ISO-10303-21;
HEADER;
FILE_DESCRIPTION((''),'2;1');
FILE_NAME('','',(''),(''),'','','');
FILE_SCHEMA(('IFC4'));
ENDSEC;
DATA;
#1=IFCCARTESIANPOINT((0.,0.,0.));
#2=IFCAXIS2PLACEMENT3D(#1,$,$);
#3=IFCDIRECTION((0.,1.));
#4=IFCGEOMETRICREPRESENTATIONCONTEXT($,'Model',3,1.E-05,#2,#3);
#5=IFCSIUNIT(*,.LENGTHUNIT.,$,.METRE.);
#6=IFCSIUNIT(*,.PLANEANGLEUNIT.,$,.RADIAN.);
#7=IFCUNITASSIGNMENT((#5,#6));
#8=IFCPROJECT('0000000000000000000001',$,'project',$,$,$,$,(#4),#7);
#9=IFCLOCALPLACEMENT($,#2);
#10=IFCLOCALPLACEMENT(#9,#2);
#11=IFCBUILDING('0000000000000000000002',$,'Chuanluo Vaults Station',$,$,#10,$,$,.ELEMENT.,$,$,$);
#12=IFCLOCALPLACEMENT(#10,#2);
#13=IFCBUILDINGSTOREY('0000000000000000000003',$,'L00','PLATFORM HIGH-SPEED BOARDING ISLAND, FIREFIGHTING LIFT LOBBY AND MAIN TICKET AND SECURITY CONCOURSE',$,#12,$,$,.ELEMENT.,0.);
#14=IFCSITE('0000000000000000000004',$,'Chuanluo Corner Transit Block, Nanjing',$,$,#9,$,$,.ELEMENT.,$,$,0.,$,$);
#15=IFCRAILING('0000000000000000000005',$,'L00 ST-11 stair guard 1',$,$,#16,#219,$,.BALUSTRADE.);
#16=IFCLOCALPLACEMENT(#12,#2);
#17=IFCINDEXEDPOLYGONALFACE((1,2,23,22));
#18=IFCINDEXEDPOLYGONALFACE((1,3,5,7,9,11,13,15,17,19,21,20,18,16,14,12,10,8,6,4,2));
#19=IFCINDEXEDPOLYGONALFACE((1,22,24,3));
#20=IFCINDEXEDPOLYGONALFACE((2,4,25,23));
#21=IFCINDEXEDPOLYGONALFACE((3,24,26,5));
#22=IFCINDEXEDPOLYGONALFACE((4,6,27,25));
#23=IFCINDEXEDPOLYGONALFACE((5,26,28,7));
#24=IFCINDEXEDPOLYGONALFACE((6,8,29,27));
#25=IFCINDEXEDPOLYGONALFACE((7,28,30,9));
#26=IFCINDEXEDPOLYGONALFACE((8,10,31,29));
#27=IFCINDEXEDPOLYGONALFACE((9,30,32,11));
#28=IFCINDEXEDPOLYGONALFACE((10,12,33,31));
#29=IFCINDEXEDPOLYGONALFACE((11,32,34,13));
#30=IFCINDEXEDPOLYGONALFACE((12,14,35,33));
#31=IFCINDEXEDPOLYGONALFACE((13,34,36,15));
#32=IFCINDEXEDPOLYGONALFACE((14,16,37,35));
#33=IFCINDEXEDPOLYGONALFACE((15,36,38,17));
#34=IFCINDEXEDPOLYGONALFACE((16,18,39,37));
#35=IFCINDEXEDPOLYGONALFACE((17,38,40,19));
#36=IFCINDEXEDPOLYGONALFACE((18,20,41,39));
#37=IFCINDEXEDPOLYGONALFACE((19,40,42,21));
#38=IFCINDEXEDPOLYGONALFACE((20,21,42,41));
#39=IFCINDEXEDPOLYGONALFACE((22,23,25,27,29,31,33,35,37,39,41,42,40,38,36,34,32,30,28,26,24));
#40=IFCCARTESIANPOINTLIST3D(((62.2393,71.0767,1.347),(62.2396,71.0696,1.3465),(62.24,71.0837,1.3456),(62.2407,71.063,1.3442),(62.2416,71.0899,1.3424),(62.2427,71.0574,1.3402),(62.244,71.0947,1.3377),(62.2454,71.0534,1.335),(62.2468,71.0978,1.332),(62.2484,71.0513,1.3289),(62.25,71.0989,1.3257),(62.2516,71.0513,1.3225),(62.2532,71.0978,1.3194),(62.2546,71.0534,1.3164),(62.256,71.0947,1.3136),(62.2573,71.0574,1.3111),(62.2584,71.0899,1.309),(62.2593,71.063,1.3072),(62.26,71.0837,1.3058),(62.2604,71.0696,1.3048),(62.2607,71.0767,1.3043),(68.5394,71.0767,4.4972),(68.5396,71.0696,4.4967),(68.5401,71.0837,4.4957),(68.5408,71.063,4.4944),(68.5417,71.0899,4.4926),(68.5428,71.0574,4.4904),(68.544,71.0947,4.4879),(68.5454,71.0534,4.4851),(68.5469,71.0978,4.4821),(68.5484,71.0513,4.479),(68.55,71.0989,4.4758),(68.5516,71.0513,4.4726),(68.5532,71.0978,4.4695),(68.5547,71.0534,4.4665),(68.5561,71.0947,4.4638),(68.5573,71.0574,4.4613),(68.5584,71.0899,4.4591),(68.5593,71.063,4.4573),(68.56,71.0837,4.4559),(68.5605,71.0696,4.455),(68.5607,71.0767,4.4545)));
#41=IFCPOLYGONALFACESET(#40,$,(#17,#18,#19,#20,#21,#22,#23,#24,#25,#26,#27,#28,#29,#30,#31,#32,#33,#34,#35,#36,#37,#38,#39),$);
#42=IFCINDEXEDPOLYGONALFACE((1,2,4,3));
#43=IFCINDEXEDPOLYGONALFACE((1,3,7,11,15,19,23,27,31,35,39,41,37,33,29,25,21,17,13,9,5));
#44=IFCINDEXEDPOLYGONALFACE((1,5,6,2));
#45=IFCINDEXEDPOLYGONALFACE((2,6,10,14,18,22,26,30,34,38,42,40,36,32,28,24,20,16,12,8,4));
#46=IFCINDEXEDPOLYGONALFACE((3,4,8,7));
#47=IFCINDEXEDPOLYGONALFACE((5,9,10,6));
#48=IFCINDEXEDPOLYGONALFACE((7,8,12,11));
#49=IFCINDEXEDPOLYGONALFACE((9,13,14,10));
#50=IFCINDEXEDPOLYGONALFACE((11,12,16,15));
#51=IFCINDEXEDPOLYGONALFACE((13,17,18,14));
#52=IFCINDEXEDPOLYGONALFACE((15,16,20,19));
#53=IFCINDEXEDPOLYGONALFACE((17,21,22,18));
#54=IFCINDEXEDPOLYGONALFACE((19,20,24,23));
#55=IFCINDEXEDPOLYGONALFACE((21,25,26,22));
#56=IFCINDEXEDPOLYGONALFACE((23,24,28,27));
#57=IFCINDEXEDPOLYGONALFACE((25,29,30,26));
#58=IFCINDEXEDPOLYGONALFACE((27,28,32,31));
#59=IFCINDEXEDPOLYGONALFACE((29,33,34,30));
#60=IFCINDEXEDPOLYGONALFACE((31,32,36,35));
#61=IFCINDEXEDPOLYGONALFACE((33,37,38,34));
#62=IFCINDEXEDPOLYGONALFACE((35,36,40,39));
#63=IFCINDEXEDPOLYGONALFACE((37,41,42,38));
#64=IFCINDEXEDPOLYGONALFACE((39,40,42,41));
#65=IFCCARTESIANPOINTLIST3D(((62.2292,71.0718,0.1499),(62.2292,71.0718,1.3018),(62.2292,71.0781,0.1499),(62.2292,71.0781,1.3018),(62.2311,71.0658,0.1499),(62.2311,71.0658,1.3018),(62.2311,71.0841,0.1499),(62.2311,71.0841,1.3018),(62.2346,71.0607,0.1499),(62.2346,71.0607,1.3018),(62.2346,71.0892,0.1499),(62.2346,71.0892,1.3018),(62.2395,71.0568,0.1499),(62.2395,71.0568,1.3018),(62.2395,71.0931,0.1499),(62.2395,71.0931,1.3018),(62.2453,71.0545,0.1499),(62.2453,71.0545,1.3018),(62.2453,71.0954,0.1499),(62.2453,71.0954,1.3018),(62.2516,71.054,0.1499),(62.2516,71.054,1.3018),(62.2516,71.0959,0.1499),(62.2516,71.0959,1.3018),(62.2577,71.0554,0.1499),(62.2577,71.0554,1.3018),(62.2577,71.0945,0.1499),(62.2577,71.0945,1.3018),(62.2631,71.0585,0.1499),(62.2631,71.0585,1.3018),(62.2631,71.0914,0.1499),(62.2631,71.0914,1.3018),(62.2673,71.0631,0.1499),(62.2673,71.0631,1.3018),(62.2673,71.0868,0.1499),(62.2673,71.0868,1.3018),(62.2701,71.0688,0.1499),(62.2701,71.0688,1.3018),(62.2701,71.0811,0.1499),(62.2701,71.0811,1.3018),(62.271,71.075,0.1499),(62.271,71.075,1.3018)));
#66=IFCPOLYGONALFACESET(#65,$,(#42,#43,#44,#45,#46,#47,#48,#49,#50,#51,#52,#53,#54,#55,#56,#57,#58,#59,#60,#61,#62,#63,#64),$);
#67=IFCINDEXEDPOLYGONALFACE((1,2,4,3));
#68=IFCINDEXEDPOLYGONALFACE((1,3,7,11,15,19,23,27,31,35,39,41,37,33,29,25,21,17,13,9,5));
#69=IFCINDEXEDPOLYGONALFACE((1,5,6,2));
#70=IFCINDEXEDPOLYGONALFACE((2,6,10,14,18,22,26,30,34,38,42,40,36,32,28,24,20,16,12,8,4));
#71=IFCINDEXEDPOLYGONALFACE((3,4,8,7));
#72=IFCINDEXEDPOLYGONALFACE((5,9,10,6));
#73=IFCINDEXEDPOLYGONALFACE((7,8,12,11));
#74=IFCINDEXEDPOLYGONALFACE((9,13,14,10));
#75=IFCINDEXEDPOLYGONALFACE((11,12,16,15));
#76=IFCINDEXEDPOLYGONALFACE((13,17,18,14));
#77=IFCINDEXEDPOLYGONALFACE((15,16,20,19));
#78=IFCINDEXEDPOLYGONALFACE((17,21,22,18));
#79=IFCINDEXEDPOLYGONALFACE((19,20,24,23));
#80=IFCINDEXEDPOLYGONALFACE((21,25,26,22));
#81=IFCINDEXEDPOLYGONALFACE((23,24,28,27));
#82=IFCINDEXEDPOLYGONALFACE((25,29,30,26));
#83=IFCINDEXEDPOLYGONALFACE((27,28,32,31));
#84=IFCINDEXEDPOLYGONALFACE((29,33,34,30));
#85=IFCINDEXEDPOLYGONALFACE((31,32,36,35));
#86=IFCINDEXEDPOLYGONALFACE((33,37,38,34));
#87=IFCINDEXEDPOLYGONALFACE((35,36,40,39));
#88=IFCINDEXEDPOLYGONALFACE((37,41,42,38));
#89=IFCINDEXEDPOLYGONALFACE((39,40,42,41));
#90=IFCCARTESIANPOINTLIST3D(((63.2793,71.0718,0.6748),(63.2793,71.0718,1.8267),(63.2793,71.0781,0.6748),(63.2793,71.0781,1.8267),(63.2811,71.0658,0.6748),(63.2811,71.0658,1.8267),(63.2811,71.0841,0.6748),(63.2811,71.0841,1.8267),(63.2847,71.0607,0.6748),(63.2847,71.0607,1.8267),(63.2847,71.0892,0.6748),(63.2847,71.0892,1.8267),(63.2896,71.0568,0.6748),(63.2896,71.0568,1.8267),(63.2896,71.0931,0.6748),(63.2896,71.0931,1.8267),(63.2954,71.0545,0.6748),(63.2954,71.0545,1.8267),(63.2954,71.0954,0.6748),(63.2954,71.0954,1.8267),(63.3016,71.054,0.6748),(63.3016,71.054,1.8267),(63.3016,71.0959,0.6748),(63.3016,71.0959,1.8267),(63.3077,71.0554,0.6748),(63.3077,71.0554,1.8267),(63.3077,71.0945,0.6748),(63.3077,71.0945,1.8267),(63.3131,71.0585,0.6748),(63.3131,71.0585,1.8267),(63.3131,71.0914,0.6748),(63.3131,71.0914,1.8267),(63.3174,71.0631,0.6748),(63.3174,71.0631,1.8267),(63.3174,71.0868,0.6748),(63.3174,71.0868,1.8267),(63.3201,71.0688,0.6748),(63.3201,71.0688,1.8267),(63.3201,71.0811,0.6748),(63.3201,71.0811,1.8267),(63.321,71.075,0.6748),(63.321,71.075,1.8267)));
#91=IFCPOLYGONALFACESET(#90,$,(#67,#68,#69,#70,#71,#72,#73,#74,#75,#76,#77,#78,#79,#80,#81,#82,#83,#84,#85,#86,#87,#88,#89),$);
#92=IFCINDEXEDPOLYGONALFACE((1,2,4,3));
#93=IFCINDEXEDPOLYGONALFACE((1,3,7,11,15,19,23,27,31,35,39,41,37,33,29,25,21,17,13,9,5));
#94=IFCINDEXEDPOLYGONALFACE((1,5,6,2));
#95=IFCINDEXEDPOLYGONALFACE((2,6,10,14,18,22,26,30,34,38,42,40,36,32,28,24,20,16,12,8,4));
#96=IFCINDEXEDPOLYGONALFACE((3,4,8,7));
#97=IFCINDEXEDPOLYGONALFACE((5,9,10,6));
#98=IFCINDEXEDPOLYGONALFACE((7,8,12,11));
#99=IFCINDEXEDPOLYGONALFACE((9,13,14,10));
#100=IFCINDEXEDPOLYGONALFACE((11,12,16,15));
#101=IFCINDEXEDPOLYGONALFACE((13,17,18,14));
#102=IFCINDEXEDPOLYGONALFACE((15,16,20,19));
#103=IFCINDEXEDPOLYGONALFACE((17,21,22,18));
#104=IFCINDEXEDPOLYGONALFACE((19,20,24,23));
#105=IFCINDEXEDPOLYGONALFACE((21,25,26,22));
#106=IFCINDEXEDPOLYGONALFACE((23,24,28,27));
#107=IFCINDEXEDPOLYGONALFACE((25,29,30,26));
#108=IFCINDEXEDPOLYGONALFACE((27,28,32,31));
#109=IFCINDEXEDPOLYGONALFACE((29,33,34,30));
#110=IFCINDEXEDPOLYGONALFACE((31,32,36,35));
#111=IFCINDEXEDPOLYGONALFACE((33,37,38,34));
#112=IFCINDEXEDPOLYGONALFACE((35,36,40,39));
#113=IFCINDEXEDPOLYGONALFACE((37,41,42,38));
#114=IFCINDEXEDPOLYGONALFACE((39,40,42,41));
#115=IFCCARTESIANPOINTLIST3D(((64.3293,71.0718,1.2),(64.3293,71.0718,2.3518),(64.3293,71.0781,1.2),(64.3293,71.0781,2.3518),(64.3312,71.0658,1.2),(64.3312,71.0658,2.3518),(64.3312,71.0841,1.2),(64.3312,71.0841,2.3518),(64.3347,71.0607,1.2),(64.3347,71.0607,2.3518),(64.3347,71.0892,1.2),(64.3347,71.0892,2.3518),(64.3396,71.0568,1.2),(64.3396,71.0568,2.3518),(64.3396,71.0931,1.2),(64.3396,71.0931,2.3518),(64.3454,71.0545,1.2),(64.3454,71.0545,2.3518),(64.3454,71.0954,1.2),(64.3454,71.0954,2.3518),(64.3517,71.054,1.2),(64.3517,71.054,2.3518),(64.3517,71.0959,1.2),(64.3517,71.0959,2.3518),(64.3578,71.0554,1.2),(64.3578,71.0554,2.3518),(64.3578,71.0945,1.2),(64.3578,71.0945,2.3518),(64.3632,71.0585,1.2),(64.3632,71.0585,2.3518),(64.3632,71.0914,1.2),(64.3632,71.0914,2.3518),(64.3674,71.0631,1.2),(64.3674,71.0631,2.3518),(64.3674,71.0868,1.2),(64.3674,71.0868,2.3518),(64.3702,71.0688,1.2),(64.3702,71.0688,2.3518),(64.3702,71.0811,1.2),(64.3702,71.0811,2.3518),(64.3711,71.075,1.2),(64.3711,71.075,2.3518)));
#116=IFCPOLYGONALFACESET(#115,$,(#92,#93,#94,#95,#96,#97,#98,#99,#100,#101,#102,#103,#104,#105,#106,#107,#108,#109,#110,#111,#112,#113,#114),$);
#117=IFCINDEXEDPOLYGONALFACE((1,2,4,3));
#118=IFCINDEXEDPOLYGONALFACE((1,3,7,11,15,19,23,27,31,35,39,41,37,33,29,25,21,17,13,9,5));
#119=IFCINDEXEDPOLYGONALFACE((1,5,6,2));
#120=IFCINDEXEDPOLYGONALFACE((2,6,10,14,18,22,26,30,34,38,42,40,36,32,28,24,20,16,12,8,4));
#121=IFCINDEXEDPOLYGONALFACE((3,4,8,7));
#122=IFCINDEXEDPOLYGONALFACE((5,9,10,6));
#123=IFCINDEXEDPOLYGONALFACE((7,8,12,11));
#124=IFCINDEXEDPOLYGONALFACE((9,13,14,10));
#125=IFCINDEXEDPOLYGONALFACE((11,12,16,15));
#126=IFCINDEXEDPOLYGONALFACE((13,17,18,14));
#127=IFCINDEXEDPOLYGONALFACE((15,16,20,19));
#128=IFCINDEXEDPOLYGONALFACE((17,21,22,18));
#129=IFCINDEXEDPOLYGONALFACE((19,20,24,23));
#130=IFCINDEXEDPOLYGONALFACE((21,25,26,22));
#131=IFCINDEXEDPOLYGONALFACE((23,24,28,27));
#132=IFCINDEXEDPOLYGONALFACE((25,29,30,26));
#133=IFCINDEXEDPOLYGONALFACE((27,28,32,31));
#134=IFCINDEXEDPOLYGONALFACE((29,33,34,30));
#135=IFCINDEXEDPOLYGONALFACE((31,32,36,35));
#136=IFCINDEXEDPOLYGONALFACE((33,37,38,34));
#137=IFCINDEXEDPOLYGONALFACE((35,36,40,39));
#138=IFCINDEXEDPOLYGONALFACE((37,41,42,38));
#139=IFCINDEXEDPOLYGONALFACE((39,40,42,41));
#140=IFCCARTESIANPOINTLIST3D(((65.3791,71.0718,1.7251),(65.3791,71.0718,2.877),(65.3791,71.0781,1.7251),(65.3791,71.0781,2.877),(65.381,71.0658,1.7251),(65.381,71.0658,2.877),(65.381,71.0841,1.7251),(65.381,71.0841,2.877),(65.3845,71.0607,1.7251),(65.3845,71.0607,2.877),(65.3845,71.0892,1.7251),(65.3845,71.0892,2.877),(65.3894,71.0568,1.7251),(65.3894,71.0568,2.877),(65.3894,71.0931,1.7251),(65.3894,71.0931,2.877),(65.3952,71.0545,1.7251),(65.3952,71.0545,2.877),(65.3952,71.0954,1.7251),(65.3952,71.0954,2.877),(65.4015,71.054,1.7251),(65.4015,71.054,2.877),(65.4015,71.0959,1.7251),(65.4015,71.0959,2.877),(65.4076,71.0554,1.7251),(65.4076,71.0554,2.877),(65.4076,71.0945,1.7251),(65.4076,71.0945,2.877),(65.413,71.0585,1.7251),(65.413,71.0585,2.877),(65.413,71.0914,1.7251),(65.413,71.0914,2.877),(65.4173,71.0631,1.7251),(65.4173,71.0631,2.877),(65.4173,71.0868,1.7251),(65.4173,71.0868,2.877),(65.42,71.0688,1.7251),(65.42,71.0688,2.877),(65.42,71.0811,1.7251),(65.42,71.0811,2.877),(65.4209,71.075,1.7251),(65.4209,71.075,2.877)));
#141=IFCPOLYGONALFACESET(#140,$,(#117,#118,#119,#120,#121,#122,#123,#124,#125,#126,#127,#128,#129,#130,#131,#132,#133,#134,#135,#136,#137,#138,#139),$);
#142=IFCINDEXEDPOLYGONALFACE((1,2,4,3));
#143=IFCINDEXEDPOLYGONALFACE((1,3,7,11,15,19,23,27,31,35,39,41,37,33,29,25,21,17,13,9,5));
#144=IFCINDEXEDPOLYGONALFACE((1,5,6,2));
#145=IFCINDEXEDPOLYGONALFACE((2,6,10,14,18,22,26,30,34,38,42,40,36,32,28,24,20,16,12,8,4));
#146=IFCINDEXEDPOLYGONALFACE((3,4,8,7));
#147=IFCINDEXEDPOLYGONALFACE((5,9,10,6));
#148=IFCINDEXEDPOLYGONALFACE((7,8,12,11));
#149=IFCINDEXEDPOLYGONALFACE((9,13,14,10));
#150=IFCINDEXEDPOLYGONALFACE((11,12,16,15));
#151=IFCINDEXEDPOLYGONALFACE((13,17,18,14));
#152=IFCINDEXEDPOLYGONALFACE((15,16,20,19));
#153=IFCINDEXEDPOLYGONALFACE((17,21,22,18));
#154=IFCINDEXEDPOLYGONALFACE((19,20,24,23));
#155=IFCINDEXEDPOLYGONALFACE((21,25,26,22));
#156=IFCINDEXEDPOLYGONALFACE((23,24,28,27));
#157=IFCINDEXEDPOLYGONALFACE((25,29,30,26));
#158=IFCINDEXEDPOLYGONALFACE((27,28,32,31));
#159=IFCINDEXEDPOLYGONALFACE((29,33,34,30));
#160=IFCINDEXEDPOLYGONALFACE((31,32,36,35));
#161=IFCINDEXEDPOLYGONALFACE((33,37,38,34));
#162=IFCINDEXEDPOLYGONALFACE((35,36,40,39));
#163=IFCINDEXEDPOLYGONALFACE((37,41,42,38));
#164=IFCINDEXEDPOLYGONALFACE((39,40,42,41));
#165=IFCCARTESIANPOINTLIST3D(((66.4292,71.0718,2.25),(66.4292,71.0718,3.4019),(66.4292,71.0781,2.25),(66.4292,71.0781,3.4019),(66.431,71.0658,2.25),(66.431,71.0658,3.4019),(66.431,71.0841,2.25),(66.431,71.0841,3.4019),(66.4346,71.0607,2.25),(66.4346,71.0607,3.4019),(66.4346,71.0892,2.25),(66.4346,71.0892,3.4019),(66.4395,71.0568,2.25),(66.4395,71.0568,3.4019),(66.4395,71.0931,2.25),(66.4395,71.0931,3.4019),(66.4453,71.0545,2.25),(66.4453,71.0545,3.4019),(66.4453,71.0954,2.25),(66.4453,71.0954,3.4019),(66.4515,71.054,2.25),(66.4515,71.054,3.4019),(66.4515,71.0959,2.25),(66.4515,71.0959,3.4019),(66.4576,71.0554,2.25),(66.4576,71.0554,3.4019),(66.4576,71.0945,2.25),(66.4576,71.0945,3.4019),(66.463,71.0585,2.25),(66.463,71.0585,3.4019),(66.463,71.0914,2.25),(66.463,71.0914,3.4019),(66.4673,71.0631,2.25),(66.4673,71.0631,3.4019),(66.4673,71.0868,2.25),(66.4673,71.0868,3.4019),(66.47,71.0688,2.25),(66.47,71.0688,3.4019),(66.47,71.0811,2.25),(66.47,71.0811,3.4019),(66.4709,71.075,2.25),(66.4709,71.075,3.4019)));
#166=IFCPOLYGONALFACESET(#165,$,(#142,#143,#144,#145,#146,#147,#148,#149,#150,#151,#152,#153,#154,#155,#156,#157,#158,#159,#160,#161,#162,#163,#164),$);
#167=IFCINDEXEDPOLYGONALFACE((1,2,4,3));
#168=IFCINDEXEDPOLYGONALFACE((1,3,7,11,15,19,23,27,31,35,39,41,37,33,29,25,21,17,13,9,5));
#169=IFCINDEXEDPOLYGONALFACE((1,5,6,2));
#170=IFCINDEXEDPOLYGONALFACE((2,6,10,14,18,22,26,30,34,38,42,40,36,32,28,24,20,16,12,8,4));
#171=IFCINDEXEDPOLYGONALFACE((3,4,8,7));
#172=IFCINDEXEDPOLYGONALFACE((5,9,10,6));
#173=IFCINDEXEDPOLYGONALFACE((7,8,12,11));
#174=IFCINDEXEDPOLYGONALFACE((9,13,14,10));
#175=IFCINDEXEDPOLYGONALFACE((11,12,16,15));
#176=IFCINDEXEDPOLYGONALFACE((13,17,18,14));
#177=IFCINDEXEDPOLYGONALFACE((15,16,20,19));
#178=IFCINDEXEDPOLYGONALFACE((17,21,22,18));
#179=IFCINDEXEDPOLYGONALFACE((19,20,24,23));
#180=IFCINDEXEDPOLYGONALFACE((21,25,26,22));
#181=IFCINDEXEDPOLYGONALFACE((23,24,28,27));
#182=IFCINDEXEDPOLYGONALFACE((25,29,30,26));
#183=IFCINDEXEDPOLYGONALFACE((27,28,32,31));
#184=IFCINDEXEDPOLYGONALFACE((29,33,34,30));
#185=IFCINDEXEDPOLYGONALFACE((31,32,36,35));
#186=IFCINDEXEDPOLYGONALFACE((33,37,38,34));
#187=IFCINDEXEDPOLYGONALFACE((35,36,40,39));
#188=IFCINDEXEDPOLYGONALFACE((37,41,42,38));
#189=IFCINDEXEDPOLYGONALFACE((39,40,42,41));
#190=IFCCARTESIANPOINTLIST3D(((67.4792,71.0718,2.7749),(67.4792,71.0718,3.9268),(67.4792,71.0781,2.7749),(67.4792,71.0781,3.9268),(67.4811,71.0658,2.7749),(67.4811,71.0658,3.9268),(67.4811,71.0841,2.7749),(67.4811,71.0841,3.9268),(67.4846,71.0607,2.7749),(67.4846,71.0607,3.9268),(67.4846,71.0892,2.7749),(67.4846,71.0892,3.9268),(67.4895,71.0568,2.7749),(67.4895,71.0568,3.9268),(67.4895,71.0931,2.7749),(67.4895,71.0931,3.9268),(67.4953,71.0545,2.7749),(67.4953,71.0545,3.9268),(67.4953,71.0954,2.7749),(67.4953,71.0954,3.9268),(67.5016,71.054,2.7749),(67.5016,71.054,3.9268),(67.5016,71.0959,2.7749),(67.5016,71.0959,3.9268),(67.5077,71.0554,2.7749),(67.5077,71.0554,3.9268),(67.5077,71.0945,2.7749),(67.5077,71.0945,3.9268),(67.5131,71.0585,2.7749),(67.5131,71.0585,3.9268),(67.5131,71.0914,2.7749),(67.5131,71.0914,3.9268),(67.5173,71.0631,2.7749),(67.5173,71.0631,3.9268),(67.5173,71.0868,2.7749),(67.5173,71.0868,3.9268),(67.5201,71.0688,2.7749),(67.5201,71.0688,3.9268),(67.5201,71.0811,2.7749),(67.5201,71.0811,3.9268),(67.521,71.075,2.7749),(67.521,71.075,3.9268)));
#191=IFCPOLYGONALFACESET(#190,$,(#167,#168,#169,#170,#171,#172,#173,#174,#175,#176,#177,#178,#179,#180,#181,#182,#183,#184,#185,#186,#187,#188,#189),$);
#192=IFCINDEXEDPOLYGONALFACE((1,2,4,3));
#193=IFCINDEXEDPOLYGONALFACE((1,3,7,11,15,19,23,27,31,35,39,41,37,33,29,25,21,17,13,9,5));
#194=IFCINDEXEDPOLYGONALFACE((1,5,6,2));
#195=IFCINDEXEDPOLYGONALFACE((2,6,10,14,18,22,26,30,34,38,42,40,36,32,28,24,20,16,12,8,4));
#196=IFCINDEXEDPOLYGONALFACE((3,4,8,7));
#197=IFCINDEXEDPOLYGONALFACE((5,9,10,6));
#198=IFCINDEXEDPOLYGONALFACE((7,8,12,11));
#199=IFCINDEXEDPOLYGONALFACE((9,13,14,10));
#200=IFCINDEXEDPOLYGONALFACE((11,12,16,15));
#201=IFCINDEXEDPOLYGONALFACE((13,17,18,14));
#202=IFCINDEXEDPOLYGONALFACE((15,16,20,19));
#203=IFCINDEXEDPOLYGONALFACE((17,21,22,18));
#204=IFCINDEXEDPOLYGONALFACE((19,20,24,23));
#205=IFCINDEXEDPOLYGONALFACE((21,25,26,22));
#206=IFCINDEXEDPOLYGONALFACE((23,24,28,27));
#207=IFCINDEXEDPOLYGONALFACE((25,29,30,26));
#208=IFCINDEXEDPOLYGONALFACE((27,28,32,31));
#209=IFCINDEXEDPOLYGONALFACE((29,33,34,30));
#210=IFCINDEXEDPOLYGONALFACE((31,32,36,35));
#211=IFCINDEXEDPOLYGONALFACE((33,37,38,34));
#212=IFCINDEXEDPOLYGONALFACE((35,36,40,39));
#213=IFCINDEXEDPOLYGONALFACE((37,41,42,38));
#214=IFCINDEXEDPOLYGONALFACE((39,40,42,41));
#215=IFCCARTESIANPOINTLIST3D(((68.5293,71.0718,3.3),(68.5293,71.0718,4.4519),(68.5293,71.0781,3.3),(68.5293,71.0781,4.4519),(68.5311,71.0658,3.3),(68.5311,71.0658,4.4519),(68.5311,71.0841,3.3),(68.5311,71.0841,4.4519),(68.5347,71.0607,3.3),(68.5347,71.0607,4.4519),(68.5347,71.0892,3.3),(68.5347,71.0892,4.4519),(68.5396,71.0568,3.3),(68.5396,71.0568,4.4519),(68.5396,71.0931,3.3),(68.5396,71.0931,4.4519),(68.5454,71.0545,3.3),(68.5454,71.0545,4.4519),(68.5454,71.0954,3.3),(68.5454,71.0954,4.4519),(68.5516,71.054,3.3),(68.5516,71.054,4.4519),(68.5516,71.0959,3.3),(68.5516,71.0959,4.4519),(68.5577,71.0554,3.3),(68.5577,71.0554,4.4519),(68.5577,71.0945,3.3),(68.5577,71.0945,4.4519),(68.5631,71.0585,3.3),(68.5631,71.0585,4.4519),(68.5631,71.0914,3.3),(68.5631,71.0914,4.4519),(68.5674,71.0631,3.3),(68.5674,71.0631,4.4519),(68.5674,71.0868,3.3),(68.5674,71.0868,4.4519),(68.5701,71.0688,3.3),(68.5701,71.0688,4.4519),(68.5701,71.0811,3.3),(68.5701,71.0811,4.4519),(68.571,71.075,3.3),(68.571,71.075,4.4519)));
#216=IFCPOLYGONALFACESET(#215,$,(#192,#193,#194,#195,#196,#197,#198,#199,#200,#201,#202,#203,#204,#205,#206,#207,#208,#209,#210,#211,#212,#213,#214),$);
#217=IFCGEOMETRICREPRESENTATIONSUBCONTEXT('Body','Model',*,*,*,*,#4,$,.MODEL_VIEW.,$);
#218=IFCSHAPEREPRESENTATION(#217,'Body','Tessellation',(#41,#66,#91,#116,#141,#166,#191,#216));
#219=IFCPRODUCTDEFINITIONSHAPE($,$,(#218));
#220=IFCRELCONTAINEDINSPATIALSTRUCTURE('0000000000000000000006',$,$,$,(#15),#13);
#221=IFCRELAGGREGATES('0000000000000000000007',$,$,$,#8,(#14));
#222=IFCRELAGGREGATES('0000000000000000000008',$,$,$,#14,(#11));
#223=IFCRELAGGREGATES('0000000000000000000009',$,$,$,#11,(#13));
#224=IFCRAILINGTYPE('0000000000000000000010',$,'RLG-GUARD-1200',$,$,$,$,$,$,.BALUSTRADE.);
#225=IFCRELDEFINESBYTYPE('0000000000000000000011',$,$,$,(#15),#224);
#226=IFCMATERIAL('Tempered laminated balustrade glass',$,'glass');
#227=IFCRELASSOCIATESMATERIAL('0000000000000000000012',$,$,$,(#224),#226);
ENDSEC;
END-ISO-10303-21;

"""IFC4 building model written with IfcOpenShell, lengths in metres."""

from ifc_helpers import new_model, si_unit, direction, frame, origin, origin_2d, place, context, subcontext, project, spatial, circle, extrude, material, type_object, element, save


model = new_model("IFC4")

# Units and contexts
model_context = context("Model", 3, precision=1e-05, world=origin(), true_north=direction((0.0, 1.0)))
body_context = subcontext(model_context, "Body", "Model", "MODEL_VIEW")
ifc_project = project(units=[si_unit("LENGTHUNIT", "METRE"), si_unit("PLANEANGLEUNIT", "RADIAN")], contexts=[model_context])

# Site, building, storey
site_placement = place(None, origin())
site = spatial("IfcSite", under=ifc_project, at=site_placement, Name="Chuanluo Corner Transit Block, Nanjing", CompositionType="ELEMENT", RefElevation=0.0)
building_placement = place(site_placement, origin())
building = spatial("IfcBuilding", under=site, at=building_placement, Name="Chuanluo Vaults Station", CompositionType="ELEMENT")
storey_placement = place(building_placement, origin())
storey = spatial("IfcBuildingStorey", under=building, at=storey_placement, Name="L00", Description="PLATFORM HIGH-SPEED BOARDING ISLAND, FIREFIGHTING LIFT LOBBY AND MAIN TICKET AND SECURITY CONCOURSE", CompositionType="ELEMENT", Elevation=0.0)

# Railing
ifc_material_1 = material(Name="Tempered laminated balustrade glass", Category="glass")
railing_type_1 = type_object("IfcRailingType", Name="RLG-GUARD-1200", PredefinedType="BALUSTRADE", material=ifc_material_1)
railing_1_placement = place(storey_placement, frame((62.25, 71.075, 0.1499)))
element("IfcRailing", 1, at=railing_1_placement, inside=storey, type_object=railing_type_1, Name="L00 ST-11 stair guard 1", PredefinedType="BALUSTRADE", context=body_context, shape_type="SweptSolid", body=[
    extrude(circle(Radius=0.0239, at=origin_2d()), frame((0.0, 0.0, 1.1758), z_axis=(0.89442, 0.0, 0.447227), x_axis=(0.0, 1.0, 0.0)), (0.0, 0.0, 1.0), 7.0437),
    extrude(circle(Radius=0.021, at=origin_2d()), origin(), (0.0, 0.0, 1.0), 1.1519),
    extrude(circle(Radius=0.021, at=origin_2d()), frame((1.05, 0.0, 0.5249)), (0.0, 0.0, 1.0), 1.1519),
    extrude(circle(Radius=0.021, at=origin_2d()), frame((2.1001, 0.0, 1.05)), (0.0, 0.0, 1.0), 1.1519),
    extrude(circle(Radius=0.021, at=origin_2d()), frame((3.1499, 0.0, 1.5752)), (0.0, 0.0, 1.0), 1.1519),
    extrude(circle(Radius=0.021, at=origin_2d()), frame((4.2, 0.0, 2.1001)), (0.0, 0.0, 1.0), 1.1519),
    extrude(circle(Radius=0.021, at=origin_2d()), frame((5.25, 0.0, 2.625)), (0.0, 0.0, 1.0), 1.1519),
    extrude(circle(Radius=0.021, at=origin_2d()), frame((6.3, 0.0, 3.1501)), (0.0, 0.0, 1.0), 1.1519),
])

save(model, "model.ifc")
